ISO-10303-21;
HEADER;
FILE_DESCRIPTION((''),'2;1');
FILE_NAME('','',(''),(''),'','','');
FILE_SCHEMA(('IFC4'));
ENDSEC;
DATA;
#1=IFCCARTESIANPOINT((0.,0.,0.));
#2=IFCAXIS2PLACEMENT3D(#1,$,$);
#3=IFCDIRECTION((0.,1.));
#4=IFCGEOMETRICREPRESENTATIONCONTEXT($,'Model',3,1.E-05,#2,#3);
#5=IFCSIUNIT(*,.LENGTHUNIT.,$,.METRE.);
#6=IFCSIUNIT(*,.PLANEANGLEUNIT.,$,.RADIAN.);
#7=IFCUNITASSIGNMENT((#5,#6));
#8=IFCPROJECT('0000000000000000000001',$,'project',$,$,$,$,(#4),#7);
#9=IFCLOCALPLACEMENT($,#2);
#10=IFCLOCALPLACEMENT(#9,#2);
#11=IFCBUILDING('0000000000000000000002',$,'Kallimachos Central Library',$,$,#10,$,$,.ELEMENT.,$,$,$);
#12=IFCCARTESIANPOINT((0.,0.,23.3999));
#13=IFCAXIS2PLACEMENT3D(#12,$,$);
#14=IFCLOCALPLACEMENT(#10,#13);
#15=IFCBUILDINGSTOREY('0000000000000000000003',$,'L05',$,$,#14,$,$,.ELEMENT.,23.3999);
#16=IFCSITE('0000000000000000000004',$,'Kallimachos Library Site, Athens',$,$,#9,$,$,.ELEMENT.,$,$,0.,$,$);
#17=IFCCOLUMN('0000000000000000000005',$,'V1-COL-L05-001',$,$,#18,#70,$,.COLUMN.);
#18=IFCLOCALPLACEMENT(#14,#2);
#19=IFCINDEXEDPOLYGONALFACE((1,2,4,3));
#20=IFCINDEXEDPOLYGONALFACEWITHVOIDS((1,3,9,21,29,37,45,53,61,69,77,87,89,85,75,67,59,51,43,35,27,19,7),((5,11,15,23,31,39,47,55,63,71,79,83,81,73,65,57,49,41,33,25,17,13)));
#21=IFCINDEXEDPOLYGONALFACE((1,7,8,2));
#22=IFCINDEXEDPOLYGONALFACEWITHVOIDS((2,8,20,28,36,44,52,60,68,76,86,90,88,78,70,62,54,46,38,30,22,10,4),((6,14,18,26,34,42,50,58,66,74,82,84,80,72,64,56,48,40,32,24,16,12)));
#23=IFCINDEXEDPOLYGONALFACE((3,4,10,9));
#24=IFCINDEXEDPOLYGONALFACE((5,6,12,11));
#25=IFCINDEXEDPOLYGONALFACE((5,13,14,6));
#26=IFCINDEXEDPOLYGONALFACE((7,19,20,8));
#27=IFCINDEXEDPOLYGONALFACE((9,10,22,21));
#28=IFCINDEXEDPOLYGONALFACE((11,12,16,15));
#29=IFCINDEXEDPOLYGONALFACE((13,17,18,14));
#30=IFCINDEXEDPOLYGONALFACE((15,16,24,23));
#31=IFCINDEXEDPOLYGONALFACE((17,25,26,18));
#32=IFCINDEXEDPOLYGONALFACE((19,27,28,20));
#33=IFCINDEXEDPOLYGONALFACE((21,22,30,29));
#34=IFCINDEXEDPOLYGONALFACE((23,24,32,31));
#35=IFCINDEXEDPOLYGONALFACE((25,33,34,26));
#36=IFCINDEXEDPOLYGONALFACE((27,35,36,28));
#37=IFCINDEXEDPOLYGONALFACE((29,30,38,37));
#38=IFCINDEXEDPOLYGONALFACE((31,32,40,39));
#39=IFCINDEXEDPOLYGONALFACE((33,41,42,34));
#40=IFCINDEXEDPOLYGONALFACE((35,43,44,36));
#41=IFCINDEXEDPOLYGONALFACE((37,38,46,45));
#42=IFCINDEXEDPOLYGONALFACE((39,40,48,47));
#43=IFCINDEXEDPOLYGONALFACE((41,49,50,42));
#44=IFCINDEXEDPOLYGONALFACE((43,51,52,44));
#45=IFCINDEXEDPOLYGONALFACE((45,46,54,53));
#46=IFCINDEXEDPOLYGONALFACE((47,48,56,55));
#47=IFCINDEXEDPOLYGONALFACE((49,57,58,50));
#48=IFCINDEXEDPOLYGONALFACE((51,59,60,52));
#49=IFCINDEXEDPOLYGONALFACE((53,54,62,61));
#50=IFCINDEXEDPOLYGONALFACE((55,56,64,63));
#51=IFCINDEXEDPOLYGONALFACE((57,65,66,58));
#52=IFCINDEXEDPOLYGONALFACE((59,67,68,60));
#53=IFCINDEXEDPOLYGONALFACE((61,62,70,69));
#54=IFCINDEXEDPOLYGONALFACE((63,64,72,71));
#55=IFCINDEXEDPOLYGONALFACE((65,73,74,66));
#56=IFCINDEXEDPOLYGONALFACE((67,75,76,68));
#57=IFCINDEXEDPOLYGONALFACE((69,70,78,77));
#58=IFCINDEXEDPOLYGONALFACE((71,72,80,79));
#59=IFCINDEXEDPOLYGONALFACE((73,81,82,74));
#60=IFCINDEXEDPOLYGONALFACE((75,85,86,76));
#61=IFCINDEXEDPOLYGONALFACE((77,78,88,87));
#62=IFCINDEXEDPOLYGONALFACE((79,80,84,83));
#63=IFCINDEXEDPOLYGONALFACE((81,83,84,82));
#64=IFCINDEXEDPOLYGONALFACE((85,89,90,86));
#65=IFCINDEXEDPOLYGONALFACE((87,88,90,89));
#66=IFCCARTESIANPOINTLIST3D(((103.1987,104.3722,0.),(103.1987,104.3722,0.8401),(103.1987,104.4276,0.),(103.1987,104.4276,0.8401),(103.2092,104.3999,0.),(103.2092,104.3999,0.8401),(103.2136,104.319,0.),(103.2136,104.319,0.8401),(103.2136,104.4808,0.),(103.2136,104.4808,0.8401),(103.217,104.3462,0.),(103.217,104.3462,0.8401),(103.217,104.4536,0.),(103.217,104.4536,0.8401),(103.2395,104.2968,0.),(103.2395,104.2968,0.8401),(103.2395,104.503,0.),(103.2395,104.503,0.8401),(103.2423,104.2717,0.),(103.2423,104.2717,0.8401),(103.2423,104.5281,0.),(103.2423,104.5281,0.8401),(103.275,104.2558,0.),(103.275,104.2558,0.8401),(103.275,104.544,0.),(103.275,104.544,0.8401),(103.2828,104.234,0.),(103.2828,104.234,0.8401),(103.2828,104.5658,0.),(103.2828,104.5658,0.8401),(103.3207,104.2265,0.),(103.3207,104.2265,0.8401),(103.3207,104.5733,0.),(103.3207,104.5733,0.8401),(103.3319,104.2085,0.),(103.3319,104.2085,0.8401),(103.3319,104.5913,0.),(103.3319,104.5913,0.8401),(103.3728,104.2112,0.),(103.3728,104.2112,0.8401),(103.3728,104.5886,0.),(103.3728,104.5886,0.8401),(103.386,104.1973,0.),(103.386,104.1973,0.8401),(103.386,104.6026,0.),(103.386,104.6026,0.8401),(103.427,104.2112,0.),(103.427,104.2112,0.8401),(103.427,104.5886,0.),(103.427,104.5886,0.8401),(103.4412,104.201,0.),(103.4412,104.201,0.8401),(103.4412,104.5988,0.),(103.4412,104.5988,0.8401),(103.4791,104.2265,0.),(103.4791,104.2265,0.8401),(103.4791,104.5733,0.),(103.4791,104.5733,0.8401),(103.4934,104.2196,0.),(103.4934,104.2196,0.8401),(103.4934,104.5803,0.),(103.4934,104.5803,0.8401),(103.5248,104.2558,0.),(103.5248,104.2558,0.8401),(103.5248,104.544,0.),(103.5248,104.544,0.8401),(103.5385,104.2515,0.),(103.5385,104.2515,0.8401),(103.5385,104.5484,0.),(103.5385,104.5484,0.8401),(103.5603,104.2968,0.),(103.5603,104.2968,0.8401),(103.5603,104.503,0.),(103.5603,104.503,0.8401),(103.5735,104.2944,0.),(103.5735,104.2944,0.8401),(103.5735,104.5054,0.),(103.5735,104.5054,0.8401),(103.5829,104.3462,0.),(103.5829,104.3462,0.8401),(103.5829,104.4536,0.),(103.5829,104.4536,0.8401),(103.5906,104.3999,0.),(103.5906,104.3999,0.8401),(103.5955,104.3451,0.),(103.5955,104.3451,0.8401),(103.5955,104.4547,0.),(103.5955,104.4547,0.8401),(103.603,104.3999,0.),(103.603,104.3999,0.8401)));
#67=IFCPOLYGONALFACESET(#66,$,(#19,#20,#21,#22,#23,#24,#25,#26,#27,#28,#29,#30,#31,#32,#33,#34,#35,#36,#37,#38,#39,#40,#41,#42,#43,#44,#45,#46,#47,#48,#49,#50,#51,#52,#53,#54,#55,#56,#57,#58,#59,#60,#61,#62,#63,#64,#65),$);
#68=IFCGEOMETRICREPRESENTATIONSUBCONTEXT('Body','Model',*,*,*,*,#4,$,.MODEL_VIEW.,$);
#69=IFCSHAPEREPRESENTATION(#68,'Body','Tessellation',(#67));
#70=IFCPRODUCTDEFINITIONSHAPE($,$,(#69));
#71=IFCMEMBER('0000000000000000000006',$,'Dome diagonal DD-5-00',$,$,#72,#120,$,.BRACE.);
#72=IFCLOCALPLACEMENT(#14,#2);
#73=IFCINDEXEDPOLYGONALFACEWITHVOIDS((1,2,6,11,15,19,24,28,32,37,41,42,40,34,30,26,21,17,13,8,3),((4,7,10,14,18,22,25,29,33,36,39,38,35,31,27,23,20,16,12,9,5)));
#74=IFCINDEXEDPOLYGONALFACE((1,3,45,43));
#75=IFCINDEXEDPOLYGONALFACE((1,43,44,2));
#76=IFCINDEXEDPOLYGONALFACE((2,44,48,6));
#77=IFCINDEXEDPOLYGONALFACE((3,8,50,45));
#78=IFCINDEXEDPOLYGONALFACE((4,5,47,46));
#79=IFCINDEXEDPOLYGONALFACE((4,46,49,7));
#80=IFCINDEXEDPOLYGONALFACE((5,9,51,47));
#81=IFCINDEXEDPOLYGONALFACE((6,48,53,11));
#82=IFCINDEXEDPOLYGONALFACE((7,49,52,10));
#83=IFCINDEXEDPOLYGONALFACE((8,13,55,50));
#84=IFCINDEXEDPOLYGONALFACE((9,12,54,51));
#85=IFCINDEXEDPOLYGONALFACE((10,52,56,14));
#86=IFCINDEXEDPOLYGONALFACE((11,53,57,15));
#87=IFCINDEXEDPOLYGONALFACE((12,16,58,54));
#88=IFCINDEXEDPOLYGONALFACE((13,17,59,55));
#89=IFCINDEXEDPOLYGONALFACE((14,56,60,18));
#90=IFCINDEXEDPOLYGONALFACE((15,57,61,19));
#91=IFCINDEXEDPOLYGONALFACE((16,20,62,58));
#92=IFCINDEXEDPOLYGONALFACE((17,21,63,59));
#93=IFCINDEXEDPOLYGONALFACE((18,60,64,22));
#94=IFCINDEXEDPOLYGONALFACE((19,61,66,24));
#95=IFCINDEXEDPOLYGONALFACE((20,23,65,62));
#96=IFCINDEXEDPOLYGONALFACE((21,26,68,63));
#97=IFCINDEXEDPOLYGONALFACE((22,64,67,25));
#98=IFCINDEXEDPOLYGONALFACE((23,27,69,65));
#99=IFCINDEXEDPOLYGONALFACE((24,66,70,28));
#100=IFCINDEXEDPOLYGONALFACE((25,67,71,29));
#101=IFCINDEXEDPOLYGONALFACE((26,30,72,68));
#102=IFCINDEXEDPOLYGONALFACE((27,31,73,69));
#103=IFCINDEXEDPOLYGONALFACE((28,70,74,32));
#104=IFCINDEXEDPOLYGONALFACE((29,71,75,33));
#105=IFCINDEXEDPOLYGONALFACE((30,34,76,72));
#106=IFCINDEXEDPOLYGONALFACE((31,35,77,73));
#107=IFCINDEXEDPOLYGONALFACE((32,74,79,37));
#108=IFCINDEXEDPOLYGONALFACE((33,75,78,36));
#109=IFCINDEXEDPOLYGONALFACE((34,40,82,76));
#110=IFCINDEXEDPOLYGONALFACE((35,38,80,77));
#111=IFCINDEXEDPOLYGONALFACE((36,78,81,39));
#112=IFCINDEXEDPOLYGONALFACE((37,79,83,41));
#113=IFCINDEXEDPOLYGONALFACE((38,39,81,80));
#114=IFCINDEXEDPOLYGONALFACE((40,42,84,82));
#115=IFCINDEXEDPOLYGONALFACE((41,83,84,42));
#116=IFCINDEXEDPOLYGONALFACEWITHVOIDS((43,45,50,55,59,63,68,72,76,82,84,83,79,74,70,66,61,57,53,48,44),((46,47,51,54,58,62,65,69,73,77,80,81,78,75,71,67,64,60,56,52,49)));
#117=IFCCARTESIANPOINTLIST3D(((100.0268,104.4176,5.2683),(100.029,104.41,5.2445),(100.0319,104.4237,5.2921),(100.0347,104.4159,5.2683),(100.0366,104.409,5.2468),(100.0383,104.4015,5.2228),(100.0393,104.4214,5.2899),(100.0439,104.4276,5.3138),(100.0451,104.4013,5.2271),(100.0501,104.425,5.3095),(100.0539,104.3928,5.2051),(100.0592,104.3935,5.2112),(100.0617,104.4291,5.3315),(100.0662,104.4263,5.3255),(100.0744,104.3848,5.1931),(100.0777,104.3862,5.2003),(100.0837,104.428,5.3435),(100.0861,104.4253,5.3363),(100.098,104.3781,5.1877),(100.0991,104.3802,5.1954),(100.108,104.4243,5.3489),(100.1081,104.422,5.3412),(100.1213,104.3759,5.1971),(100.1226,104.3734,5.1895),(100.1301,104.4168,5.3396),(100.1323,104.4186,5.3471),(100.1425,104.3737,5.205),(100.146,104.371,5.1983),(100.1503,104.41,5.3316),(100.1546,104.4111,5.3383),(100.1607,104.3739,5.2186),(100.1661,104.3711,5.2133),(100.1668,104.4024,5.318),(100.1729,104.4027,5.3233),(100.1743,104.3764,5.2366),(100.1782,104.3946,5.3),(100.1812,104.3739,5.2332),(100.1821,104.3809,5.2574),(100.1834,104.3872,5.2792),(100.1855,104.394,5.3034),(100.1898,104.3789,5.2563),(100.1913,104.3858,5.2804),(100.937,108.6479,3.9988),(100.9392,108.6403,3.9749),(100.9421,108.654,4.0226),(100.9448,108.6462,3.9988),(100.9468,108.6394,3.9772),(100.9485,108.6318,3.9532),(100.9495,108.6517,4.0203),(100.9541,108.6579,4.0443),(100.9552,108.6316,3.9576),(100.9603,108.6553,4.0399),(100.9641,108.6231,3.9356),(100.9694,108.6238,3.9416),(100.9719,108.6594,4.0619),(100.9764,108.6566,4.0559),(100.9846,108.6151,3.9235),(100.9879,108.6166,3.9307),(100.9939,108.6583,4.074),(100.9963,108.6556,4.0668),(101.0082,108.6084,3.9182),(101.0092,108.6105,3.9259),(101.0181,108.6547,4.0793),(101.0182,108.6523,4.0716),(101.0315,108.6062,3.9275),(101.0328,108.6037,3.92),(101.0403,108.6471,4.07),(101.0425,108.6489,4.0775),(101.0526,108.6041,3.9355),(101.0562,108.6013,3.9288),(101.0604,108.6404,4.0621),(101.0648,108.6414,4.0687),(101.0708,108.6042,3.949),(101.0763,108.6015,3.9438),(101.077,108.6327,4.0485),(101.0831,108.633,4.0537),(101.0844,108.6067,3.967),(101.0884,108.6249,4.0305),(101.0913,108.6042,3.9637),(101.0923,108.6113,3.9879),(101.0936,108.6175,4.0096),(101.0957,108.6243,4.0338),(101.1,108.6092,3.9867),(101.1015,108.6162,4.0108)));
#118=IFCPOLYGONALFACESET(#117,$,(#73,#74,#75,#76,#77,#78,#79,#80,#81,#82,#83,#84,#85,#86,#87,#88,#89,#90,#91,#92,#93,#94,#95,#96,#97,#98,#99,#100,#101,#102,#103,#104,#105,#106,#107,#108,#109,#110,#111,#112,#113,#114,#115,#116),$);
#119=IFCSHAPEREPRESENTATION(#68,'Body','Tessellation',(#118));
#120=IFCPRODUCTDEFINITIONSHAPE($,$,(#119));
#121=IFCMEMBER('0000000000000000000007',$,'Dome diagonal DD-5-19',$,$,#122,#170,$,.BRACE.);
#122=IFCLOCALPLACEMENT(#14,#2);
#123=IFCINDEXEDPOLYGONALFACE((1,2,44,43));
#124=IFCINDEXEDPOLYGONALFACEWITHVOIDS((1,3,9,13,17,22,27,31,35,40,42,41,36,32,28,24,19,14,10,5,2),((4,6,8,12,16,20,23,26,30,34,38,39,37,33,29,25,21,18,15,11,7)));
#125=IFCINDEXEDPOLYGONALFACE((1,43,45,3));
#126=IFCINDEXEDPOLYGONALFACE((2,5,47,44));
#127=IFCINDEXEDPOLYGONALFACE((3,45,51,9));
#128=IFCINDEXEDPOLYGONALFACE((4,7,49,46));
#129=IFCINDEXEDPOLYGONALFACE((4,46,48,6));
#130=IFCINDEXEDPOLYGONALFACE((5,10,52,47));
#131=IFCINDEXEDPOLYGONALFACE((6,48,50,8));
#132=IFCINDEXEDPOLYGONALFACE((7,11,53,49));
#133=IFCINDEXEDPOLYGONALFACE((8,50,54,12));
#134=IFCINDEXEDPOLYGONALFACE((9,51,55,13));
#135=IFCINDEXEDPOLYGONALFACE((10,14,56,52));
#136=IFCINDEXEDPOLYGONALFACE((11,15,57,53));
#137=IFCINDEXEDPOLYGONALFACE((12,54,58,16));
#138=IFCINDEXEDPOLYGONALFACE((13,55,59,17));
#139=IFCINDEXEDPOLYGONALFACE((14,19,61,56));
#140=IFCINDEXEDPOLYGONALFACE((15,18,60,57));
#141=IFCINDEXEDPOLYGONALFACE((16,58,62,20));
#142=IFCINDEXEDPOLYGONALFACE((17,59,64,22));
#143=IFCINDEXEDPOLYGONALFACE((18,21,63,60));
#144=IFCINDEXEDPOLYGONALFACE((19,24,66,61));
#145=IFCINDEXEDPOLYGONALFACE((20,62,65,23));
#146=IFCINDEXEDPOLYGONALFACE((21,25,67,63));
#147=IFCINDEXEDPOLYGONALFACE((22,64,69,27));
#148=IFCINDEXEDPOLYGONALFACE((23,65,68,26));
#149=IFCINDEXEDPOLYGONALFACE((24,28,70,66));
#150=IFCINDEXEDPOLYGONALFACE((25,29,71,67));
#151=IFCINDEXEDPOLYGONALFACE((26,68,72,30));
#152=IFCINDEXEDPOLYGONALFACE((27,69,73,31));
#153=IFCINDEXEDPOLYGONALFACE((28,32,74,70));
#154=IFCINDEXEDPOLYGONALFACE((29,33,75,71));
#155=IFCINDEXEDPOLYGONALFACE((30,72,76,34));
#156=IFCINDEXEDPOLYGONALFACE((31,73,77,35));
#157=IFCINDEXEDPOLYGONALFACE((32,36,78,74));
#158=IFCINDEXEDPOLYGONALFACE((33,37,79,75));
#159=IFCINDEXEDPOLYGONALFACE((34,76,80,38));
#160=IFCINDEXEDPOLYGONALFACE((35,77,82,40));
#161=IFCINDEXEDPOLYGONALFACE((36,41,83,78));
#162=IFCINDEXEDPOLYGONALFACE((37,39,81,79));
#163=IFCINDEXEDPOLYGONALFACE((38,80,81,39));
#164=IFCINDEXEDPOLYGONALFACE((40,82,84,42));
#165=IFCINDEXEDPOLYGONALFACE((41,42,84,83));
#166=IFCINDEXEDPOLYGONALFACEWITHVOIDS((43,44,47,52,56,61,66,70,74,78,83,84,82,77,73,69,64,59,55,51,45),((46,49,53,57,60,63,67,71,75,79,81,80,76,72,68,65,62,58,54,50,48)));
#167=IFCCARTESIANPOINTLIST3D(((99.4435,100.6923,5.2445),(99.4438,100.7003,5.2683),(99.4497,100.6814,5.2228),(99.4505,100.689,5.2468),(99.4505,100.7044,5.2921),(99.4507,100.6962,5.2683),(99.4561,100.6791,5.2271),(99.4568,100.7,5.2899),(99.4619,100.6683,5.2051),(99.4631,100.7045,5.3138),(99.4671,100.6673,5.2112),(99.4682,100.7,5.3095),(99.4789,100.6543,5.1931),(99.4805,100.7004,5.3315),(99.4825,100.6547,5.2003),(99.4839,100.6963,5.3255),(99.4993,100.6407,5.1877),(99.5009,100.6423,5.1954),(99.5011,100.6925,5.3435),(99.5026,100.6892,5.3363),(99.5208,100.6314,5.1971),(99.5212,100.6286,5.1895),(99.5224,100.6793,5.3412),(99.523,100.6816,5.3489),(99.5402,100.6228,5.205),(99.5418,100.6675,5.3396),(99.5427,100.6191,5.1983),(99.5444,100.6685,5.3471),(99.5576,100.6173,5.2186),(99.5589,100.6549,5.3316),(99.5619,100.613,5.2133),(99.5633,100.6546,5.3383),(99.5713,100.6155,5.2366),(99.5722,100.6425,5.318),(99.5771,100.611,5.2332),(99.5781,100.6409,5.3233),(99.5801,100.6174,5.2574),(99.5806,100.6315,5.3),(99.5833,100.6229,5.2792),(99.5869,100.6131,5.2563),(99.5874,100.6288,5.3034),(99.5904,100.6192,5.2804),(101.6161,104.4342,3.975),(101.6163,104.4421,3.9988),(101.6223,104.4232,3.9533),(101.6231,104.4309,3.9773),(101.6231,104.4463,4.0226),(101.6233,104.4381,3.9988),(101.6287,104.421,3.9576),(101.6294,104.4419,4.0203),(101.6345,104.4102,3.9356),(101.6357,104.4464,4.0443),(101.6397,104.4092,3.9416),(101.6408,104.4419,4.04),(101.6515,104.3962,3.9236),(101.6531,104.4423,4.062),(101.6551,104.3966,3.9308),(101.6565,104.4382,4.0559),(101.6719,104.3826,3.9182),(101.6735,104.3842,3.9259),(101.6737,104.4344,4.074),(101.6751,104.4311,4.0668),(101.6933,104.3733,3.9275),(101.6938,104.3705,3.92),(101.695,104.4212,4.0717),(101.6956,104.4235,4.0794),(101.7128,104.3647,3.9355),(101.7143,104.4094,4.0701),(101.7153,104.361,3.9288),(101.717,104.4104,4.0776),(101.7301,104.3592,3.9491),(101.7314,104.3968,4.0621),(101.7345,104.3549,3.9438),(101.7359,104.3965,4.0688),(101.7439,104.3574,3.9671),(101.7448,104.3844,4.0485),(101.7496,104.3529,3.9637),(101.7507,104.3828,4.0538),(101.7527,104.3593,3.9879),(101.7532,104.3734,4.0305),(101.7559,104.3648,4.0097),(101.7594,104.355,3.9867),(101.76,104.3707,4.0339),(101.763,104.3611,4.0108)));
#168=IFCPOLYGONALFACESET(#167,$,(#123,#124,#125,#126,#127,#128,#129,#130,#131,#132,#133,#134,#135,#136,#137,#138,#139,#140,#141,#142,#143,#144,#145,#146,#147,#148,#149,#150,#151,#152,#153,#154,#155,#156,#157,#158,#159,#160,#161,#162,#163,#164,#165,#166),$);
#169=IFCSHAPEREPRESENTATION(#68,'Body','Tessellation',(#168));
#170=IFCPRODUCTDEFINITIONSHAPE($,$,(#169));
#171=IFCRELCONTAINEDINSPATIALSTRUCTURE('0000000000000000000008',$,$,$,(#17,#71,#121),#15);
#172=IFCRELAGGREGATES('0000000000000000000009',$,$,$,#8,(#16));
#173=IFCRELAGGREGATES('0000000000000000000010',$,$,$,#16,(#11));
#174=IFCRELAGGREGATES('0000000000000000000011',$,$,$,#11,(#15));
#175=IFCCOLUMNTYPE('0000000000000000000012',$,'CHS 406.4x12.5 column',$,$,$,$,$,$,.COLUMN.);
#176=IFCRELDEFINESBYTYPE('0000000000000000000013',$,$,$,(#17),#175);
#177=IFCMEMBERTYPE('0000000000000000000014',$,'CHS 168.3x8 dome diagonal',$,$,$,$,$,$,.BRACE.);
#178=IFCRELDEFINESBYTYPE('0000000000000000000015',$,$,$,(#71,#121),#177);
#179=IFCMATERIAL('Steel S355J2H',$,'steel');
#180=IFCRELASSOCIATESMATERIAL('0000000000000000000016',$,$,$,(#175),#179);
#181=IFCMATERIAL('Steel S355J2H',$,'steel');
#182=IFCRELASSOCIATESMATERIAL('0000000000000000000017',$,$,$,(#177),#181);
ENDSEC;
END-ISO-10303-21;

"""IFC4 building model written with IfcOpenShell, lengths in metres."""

from ifc_helpers import new_model, si_unit, direction, frame, origin, origin_2d, place, context, subcontext, project, spatial, hollow_circle, extrude, material, material_profile, profile_set, type_object, element, save


model = new_model("IFC4")

# Units and contexts
model_context = context("Model", 3, precision=1e-05, world=origin(), true_north=direction((0.0, 1.0)))
body_context = subcontext(model_context, "Body", "Model", "MODEL_VIEW")
ifc_project = project(units=[si_unit("LENGTHUNIT", "METRE"), si_unit("PLANEANGLEUNIT", "RADIAN")], contexts=[model_context])

# Site, building, storey
site_placement = place(None, origin())
site = spatial("IfcSite", under=ifc_project, at=site_placement, Name="Kallimachos Library Site, Athens", CompositionType="ELEMENT", RefElevation=0.0)
building_placement = place(site_placement, origin())
building = spatial("IfcBuilding", under=site, at=building_placement, Name="Kallimachos Central Library", CompositionType="ELEMENT")
storey_placement = place(building_placement, frame((0.0, 0.0, 23.3999)))
storey = spatial("IfcBuildingStorey", under=building, at=storey_placement, Name="L05", CompositionType="ELEMENT", Elevation=23.3999)

# Column
ifc_material_1 = material(Name="Steel S355J2H", Category="steel")
ifc_material_profile_1 = material_profile(ifc_material_1, hollow_circle(Radius=0.2031, WallThickness=0.0125, at=origin_2d()), Name="CHS 406.4x12.5")
ifc_profile_set_1 = profile_set([ifc_material_profile_1], Name="Steel S355J2H")
column_type = type_object("IfcColumnType", Name="CHS 406.4x12.5 column", PredefinedType="COLUMN", material=ifc_profile_set_1)
column_placement = place(storey_placement, frame((103.3999, 104.3999, 0.0), z_axis=(0.0, 0.0, 1.0), x_axis=(1.0, 0.0, 0.0)))
element("IfcColumn", 1, at=column_placement, inside=storey, type_object=column_type, Name="V1-COL-L05-001", PredefinedType="COLUMN", context=body_context, shape_type="SweptSolid", body=[
    extrude(hollow_circle(Radius=0.2031, WallThickness=0.0125, at=origin_2d()), origin(), (0.0, 0.0, 1.0), 0.8401),
])

# Members
ifc_material_2 = material(Name="Steel S355J2H", Category="steel")
ifc_material_profile_2 = material_profile(ifc_material_2, hollow_circle(Radius=0.0842, WallThickness=0.0081, at=origin_2d()), Name="CHS 168.3x8")
ifc_profile_set_2 = profile_set([ifc_material_profile_2], Name="Steel S355J2H")
member_type_1 = type_object("IfcMemberType", Name="CHS 168.3x8 dome diagonal", PredefinedType="BRACE", material=ifc_profile_set_2)
member_1_placement = place(storey_placement, frame((100.1091, 104.3999, 5.2683), z_axis=(0.201834, 0.938086, -0.281529), x_axis=(-0.977628, 0.210342, 0.0)))
element("IfcMember", 2, at=member_1_placement, inside=storey, type_object=member_type_1, Name="Dome diagonal DD-5-00", PredefinedType="BRACE", context=body_context, shape_type="SweptSolid", body=[
    extrude(hollow_circle(Radius=0.0842, WallThickness=0.0081, at=origin_2d()), origin(), (0.0, 0.0, 1.0), 4.5095),
])
member_2_placement = place(storey_placement, frame((99.5166, 100.658, 5.2683), z_axis=(0.481803, 0.829822, -0.281534), x_axis=(-0.864802, 0.502112, 0.0)))
element("IfcMember", 3, at=member_2_placement, inside=storey, type_object=member_type_1, Name="Dome diagonal DD-5-19", PredefinedType="BRACE", context=body_context, shape_type="SweptSolid", body=[
    extrude(hollow_circle(Radius=0.0842, WallThickness=0.0081, at=origin_2d()), origin(), (0.0, 0.0, 1.0), 4.5093),
])

save(model, "model.ifc")
